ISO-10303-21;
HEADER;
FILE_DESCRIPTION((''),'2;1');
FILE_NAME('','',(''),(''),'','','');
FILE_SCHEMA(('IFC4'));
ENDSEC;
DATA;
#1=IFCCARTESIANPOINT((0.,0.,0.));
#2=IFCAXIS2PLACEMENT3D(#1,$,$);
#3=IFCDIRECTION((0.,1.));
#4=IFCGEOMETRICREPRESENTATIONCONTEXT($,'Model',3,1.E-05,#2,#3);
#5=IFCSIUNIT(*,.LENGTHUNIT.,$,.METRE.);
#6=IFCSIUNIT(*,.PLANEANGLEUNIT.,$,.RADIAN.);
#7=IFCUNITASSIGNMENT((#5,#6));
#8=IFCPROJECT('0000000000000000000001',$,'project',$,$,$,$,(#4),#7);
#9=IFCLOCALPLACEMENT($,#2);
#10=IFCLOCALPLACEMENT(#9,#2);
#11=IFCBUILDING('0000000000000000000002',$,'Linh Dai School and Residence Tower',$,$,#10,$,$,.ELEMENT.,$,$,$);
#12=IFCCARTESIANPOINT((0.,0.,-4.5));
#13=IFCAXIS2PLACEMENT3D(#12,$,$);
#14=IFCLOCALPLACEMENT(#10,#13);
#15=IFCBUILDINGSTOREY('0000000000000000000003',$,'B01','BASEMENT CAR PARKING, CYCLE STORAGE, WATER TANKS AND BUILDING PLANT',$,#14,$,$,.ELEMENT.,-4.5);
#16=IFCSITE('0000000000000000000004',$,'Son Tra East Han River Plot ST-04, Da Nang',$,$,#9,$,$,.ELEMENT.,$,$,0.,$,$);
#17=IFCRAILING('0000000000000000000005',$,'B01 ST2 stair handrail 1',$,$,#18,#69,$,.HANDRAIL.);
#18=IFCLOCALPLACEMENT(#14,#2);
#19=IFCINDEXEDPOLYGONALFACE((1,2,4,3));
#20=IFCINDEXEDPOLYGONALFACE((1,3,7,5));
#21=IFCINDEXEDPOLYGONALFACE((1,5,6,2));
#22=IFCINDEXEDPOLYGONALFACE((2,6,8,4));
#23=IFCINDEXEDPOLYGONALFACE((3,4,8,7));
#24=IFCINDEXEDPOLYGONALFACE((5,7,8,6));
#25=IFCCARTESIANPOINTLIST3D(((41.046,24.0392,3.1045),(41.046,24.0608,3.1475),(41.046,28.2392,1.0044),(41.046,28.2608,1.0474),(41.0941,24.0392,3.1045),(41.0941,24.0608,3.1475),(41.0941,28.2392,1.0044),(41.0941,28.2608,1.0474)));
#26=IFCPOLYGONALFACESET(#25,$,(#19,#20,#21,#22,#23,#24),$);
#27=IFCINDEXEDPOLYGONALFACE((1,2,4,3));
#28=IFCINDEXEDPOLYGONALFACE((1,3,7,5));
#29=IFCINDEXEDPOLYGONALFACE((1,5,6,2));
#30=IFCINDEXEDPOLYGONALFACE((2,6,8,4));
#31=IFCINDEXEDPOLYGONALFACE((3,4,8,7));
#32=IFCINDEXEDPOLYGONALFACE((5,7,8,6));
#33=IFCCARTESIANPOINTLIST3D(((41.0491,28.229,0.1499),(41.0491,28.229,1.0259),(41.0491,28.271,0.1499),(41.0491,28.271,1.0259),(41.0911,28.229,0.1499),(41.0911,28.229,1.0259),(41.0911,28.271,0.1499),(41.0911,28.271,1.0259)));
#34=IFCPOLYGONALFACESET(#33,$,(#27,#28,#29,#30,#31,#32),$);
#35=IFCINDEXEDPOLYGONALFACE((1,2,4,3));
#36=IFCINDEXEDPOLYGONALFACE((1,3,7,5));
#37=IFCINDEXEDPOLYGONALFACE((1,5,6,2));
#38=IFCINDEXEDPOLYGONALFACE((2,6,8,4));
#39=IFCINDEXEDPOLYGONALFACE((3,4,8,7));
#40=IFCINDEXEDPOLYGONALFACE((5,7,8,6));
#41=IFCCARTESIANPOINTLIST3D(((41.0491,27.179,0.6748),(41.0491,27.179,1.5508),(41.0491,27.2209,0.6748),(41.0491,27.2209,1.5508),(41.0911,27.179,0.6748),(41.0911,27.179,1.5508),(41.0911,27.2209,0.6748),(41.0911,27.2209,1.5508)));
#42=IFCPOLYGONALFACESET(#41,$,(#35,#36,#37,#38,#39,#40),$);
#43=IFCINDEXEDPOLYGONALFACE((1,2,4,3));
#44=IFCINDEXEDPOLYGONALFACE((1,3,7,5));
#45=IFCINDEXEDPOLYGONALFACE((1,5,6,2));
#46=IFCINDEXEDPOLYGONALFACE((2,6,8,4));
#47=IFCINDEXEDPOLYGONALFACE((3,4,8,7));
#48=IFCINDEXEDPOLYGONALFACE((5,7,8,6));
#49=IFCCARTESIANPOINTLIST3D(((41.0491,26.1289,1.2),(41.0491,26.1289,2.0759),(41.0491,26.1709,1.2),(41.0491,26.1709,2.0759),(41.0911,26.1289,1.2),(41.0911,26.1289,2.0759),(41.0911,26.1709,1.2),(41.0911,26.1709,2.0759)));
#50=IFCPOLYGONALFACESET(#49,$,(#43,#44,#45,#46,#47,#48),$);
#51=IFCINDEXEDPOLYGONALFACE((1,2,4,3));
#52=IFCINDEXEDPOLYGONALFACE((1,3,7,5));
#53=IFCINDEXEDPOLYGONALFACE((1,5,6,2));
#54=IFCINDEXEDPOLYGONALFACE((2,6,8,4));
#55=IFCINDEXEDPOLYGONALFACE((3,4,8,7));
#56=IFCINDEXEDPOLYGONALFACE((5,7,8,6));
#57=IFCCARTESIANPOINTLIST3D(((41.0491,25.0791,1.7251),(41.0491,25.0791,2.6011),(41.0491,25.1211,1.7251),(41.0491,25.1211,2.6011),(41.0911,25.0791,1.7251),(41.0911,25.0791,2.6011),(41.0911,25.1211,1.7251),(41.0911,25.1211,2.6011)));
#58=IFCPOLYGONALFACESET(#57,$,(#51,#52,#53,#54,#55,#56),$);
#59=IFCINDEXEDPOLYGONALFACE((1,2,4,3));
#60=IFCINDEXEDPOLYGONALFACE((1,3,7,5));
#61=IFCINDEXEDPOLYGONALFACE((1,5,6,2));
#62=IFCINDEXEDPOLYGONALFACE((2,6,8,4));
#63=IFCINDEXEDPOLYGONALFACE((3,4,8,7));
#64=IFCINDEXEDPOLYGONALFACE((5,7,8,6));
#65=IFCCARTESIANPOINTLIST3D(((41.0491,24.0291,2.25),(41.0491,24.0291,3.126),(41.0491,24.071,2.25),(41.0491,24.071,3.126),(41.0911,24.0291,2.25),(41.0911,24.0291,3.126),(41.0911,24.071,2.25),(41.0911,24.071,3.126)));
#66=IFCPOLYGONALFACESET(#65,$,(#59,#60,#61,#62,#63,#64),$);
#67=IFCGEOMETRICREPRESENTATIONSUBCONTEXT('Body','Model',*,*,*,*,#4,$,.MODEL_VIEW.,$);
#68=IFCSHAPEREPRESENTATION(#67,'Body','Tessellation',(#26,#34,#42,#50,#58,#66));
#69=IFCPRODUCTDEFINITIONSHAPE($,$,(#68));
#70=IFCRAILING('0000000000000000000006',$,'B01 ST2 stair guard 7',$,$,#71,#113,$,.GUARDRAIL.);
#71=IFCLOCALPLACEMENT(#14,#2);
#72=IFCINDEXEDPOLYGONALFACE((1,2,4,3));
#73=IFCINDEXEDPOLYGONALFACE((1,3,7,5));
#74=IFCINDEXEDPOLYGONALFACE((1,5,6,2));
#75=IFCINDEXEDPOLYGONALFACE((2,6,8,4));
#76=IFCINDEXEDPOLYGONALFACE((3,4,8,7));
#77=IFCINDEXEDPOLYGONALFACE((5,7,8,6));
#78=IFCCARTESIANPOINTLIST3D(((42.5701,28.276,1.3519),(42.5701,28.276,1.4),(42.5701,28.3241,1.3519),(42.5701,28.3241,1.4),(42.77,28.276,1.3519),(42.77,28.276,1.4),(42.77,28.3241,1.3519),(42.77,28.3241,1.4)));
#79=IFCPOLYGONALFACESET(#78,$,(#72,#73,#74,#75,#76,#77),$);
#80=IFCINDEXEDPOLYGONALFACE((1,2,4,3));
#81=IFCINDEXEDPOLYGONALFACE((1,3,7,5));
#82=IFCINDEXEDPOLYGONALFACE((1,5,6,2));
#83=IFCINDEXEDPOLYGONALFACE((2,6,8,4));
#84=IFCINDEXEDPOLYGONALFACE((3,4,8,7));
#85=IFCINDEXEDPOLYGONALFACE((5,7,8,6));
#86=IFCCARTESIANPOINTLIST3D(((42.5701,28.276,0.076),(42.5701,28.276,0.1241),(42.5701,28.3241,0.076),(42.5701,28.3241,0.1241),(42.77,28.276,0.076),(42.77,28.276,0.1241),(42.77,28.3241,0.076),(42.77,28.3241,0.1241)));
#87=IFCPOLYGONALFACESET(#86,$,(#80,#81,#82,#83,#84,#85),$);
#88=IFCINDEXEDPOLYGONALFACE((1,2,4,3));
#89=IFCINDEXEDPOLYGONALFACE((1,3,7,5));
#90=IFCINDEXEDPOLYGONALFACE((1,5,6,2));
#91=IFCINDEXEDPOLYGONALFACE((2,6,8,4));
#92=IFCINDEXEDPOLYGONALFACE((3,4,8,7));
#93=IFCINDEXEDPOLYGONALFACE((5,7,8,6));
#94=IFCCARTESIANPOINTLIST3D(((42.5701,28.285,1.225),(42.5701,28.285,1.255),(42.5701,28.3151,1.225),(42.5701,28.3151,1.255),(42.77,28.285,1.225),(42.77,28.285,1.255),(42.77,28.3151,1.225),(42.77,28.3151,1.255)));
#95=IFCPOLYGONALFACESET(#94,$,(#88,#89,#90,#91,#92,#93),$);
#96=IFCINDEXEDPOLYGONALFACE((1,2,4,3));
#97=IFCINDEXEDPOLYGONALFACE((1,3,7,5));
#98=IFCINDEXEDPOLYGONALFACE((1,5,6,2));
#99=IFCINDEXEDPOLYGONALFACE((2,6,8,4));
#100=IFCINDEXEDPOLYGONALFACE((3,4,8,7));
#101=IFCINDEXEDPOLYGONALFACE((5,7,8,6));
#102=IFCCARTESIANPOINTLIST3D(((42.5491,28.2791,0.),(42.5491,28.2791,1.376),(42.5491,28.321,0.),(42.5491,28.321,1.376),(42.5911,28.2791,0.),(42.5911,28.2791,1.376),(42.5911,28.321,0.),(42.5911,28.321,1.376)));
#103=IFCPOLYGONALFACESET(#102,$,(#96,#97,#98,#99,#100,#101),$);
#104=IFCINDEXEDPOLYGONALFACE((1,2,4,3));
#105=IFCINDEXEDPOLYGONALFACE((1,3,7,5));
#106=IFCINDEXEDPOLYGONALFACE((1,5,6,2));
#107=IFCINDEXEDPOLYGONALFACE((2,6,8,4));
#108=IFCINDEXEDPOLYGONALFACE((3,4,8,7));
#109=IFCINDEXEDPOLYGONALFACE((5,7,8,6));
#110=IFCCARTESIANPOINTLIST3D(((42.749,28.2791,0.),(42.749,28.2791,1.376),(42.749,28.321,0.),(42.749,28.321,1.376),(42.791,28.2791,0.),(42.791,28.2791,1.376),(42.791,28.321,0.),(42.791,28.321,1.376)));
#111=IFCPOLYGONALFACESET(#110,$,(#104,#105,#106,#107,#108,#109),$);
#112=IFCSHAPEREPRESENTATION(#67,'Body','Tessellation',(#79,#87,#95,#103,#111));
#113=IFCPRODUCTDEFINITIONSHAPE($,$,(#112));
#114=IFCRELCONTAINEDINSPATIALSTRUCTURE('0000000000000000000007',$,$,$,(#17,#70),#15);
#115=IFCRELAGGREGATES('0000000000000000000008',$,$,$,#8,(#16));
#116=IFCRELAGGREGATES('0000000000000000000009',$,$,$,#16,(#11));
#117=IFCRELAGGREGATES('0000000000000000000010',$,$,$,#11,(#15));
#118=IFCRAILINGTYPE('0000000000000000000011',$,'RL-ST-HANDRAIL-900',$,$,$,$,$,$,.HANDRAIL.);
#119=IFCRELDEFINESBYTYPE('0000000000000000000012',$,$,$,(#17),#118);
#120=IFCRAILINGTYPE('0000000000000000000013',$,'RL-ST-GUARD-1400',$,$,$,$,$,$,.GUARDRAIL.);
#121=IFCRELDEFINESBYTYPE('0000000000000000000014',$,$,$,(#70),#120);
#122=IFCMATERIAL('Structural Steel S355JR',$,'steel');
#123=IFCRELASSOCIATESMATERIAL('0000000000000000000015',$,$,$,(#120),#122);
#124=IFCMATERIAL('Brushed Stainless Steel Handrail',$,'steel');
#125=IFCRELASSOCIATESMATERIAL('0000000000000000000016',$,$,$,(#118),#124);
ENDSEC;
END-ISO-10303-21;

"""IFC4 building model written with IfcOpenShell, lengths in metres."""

from ifc_helpers import new_model, si_unit, direction, frame, origin, origin_2d, place, context, subcontext, project, spatial, rectangle, extrude, source, transform, mapped, material, type_object, element, save


model = new_model("IFC4")

# Units and contexts
model_context = context("Model", 3, precision=1e-05, world=origin(), true_north=direction((0.0, 1.0)))
body_context = subcontext(model_context, "Body", "Model", "MODEL_VIEW")
ifc_project = project(units=[si_unit("LENGTHUNIT", "METRE"), si_unit("PLANEANGLEUNIT", "RADIAN")], contexts=[model_context])

# Site, building, storey
site_placement = place(None, origin())
site = spatial("IfcSite", under=ifc_project, at=site_placement, Name="Son Tra East Han River Plot ST-04, Da Nang", CompositionType="ELEMENT", RefElevation=0.0)
building_placement = place(site_placement, origin())
building = spatial("IfcBuilding", under=site, at=building_placement, Name="Linh Dai School and Residence Tower", CompositionType="ELEMENT")
storey_placement = place(building_placement, frame((0.0, 0.0, -4.5)))
storey = spatial("IfcBuildingStorey", under=building, at=storey_placement, Name="B01", Description="BASEMENT CAR PARKING, CYCLE STORAGE, WATER TANKS AND BUILDING PLANT", CompositionType="ELEMENT", Elevation=-4.5)

# Shared definitions
ifc_material_1 = material(Name="Structural Steel S355JR", Category="steel")

# Railings
railing_type_1 = type_object("IfcRailingType", Name="RL-ST-GUARD-1400", PredefinedType="GUARDRAIL", material=ifc_material_1)
ifc_material_2 = material(Name="Brushed Stainless Steel Handrail", Category="steel")
railing_type_2 = type_object("IfcRailingType", Name="RL-ST-HANDRAIL-900", PredefinedType="HANDRAIL", material=ifc_material_2)
shared_shape_1 = source(origin(), body_context, "Body", "SweptSolid", [
    extrude(rectangle(XDim=0.0481, YDim=0.0481, at=origin_2d()), frame((0.0, 0.0, 0.876), z_axis=(0.0, -0.894417, 0.447234), x_axis=(1.0, 0.0, 0.0)), (0.0, 0.0, 1.0), 4.6958),
    extrude(rectangle(XDim=0.042, YDim=0.042, at=origin_2d()), origin(), (0.0, 0.0, 1.0), 0.876),
    extrude(rectangle(XDim=0.042, YDim=0.042, at=origin_2d()), frame((0.0, -1.05, 0.5249)), (0.0, 0.0, 1.0), 0.876),
    extrude(rectangle(XDim=0.042, YDim=0.042, at=origin_2d()), frame((0.0, -2.1001, 1.05)), (0.0, 0.0, 1.0), 0.876),
    extrude(rectangle(XDim=0.042, YDim=0.042, at=origin_2d()), frame((0.0, -3.1499, 1.5752)), (0.0, 0.0, 1.0), 0.876),
    extrude(rectangle(XDim=0.042, YDim=0.042, at=origin_2d()), frame((0.0, -4.2, 2.1001)), (0.0, 0.0, 1.0), 0.876),
])
railing_1_placement = place(storey_placement, frame((41.0701, 28.25, 0.1499)))
element("IfcRailing", 1, at=railing_1_placement, inside=storey, type_object=railing_type_2, Name="B01 ST2 stair handrail 1", PredefinedType="HANDRAIL", context=body_context, shape_type="MappedRepresentation", body=[
    mapped(shared_shape_1, transform((0.0, 0.0, 0.0), x_axis=(1.0, 0.0, 0.0), y_axis=(0.0, 1.0, 0.0), z_axis=(0.0, 0.0, 1.0), scale=1.0)),
])
shared_shape_2 = source(origin(), body_context, "Body", "SweptSolid", [
    extrude(rectangle(XDim=0.0481, YDim=0.0481, at=origin_2d()), frame((0.0, 0.0, 1.376), z_axis=(1.0, 0.0, 0.0), x_axis=(0.0, 1.0, 0.0)), (0.0, 0.0, 1.0), 0.2),
    extrude(rectangle(XDim=0.0481, YDim=0.0481, at=origin_2d()), frame((0.0, 0.0, 0.1001), z_axis=(1.0, 0.0, 0.0), x_axis=(0.0, 1.0, 0.0)), (0.0, 0.0, 1.0), 0.2),
    extrude(rectangle(XDim=0.03, YDim=0.03, at=origin_2d()), frame((0.0, 0.0, 1.24), z_axis=(1.0, 0.0, 0.0), x_axis=(0.0, 1.0, 0.0)), (0.0, 0.0, 1.0), 0.2),
    extrude(rectangle(XDim=0.042, YDim=0.042, at=origin_2d()), origin(), (0.0, 0.0, 1.0), 1.376),
    extrude(rectangle(XDim=0.042, YDim=0.042, at=origin_2d()), frame((0.2, 0.0, 0.0)), (0.0, 0.0, 1.0), 1.376),
])
railing_2_placement = place(storey_placement, frame((42.5701, 28.3, 0.0)))
element("IfcRailing", 2, at=railing_2_placement, inside=storey, type_object=railing_type_1, Name="B01 ST2 stair guard 7", PredefinedType="GUARDRAIL", context=body_context, shape_type="MappedRepresentation", body=[
    mapped(shared_shape_2, transform((0.0, 0.0, 0.0), x_axis=(1.0, 0.0, 0.0), y_axis=(0.0, 1.0, 0.0), z_axis=(0.0, 0.0, 1.0), scale=1.0)),
])

save(model, "model.ifc")
